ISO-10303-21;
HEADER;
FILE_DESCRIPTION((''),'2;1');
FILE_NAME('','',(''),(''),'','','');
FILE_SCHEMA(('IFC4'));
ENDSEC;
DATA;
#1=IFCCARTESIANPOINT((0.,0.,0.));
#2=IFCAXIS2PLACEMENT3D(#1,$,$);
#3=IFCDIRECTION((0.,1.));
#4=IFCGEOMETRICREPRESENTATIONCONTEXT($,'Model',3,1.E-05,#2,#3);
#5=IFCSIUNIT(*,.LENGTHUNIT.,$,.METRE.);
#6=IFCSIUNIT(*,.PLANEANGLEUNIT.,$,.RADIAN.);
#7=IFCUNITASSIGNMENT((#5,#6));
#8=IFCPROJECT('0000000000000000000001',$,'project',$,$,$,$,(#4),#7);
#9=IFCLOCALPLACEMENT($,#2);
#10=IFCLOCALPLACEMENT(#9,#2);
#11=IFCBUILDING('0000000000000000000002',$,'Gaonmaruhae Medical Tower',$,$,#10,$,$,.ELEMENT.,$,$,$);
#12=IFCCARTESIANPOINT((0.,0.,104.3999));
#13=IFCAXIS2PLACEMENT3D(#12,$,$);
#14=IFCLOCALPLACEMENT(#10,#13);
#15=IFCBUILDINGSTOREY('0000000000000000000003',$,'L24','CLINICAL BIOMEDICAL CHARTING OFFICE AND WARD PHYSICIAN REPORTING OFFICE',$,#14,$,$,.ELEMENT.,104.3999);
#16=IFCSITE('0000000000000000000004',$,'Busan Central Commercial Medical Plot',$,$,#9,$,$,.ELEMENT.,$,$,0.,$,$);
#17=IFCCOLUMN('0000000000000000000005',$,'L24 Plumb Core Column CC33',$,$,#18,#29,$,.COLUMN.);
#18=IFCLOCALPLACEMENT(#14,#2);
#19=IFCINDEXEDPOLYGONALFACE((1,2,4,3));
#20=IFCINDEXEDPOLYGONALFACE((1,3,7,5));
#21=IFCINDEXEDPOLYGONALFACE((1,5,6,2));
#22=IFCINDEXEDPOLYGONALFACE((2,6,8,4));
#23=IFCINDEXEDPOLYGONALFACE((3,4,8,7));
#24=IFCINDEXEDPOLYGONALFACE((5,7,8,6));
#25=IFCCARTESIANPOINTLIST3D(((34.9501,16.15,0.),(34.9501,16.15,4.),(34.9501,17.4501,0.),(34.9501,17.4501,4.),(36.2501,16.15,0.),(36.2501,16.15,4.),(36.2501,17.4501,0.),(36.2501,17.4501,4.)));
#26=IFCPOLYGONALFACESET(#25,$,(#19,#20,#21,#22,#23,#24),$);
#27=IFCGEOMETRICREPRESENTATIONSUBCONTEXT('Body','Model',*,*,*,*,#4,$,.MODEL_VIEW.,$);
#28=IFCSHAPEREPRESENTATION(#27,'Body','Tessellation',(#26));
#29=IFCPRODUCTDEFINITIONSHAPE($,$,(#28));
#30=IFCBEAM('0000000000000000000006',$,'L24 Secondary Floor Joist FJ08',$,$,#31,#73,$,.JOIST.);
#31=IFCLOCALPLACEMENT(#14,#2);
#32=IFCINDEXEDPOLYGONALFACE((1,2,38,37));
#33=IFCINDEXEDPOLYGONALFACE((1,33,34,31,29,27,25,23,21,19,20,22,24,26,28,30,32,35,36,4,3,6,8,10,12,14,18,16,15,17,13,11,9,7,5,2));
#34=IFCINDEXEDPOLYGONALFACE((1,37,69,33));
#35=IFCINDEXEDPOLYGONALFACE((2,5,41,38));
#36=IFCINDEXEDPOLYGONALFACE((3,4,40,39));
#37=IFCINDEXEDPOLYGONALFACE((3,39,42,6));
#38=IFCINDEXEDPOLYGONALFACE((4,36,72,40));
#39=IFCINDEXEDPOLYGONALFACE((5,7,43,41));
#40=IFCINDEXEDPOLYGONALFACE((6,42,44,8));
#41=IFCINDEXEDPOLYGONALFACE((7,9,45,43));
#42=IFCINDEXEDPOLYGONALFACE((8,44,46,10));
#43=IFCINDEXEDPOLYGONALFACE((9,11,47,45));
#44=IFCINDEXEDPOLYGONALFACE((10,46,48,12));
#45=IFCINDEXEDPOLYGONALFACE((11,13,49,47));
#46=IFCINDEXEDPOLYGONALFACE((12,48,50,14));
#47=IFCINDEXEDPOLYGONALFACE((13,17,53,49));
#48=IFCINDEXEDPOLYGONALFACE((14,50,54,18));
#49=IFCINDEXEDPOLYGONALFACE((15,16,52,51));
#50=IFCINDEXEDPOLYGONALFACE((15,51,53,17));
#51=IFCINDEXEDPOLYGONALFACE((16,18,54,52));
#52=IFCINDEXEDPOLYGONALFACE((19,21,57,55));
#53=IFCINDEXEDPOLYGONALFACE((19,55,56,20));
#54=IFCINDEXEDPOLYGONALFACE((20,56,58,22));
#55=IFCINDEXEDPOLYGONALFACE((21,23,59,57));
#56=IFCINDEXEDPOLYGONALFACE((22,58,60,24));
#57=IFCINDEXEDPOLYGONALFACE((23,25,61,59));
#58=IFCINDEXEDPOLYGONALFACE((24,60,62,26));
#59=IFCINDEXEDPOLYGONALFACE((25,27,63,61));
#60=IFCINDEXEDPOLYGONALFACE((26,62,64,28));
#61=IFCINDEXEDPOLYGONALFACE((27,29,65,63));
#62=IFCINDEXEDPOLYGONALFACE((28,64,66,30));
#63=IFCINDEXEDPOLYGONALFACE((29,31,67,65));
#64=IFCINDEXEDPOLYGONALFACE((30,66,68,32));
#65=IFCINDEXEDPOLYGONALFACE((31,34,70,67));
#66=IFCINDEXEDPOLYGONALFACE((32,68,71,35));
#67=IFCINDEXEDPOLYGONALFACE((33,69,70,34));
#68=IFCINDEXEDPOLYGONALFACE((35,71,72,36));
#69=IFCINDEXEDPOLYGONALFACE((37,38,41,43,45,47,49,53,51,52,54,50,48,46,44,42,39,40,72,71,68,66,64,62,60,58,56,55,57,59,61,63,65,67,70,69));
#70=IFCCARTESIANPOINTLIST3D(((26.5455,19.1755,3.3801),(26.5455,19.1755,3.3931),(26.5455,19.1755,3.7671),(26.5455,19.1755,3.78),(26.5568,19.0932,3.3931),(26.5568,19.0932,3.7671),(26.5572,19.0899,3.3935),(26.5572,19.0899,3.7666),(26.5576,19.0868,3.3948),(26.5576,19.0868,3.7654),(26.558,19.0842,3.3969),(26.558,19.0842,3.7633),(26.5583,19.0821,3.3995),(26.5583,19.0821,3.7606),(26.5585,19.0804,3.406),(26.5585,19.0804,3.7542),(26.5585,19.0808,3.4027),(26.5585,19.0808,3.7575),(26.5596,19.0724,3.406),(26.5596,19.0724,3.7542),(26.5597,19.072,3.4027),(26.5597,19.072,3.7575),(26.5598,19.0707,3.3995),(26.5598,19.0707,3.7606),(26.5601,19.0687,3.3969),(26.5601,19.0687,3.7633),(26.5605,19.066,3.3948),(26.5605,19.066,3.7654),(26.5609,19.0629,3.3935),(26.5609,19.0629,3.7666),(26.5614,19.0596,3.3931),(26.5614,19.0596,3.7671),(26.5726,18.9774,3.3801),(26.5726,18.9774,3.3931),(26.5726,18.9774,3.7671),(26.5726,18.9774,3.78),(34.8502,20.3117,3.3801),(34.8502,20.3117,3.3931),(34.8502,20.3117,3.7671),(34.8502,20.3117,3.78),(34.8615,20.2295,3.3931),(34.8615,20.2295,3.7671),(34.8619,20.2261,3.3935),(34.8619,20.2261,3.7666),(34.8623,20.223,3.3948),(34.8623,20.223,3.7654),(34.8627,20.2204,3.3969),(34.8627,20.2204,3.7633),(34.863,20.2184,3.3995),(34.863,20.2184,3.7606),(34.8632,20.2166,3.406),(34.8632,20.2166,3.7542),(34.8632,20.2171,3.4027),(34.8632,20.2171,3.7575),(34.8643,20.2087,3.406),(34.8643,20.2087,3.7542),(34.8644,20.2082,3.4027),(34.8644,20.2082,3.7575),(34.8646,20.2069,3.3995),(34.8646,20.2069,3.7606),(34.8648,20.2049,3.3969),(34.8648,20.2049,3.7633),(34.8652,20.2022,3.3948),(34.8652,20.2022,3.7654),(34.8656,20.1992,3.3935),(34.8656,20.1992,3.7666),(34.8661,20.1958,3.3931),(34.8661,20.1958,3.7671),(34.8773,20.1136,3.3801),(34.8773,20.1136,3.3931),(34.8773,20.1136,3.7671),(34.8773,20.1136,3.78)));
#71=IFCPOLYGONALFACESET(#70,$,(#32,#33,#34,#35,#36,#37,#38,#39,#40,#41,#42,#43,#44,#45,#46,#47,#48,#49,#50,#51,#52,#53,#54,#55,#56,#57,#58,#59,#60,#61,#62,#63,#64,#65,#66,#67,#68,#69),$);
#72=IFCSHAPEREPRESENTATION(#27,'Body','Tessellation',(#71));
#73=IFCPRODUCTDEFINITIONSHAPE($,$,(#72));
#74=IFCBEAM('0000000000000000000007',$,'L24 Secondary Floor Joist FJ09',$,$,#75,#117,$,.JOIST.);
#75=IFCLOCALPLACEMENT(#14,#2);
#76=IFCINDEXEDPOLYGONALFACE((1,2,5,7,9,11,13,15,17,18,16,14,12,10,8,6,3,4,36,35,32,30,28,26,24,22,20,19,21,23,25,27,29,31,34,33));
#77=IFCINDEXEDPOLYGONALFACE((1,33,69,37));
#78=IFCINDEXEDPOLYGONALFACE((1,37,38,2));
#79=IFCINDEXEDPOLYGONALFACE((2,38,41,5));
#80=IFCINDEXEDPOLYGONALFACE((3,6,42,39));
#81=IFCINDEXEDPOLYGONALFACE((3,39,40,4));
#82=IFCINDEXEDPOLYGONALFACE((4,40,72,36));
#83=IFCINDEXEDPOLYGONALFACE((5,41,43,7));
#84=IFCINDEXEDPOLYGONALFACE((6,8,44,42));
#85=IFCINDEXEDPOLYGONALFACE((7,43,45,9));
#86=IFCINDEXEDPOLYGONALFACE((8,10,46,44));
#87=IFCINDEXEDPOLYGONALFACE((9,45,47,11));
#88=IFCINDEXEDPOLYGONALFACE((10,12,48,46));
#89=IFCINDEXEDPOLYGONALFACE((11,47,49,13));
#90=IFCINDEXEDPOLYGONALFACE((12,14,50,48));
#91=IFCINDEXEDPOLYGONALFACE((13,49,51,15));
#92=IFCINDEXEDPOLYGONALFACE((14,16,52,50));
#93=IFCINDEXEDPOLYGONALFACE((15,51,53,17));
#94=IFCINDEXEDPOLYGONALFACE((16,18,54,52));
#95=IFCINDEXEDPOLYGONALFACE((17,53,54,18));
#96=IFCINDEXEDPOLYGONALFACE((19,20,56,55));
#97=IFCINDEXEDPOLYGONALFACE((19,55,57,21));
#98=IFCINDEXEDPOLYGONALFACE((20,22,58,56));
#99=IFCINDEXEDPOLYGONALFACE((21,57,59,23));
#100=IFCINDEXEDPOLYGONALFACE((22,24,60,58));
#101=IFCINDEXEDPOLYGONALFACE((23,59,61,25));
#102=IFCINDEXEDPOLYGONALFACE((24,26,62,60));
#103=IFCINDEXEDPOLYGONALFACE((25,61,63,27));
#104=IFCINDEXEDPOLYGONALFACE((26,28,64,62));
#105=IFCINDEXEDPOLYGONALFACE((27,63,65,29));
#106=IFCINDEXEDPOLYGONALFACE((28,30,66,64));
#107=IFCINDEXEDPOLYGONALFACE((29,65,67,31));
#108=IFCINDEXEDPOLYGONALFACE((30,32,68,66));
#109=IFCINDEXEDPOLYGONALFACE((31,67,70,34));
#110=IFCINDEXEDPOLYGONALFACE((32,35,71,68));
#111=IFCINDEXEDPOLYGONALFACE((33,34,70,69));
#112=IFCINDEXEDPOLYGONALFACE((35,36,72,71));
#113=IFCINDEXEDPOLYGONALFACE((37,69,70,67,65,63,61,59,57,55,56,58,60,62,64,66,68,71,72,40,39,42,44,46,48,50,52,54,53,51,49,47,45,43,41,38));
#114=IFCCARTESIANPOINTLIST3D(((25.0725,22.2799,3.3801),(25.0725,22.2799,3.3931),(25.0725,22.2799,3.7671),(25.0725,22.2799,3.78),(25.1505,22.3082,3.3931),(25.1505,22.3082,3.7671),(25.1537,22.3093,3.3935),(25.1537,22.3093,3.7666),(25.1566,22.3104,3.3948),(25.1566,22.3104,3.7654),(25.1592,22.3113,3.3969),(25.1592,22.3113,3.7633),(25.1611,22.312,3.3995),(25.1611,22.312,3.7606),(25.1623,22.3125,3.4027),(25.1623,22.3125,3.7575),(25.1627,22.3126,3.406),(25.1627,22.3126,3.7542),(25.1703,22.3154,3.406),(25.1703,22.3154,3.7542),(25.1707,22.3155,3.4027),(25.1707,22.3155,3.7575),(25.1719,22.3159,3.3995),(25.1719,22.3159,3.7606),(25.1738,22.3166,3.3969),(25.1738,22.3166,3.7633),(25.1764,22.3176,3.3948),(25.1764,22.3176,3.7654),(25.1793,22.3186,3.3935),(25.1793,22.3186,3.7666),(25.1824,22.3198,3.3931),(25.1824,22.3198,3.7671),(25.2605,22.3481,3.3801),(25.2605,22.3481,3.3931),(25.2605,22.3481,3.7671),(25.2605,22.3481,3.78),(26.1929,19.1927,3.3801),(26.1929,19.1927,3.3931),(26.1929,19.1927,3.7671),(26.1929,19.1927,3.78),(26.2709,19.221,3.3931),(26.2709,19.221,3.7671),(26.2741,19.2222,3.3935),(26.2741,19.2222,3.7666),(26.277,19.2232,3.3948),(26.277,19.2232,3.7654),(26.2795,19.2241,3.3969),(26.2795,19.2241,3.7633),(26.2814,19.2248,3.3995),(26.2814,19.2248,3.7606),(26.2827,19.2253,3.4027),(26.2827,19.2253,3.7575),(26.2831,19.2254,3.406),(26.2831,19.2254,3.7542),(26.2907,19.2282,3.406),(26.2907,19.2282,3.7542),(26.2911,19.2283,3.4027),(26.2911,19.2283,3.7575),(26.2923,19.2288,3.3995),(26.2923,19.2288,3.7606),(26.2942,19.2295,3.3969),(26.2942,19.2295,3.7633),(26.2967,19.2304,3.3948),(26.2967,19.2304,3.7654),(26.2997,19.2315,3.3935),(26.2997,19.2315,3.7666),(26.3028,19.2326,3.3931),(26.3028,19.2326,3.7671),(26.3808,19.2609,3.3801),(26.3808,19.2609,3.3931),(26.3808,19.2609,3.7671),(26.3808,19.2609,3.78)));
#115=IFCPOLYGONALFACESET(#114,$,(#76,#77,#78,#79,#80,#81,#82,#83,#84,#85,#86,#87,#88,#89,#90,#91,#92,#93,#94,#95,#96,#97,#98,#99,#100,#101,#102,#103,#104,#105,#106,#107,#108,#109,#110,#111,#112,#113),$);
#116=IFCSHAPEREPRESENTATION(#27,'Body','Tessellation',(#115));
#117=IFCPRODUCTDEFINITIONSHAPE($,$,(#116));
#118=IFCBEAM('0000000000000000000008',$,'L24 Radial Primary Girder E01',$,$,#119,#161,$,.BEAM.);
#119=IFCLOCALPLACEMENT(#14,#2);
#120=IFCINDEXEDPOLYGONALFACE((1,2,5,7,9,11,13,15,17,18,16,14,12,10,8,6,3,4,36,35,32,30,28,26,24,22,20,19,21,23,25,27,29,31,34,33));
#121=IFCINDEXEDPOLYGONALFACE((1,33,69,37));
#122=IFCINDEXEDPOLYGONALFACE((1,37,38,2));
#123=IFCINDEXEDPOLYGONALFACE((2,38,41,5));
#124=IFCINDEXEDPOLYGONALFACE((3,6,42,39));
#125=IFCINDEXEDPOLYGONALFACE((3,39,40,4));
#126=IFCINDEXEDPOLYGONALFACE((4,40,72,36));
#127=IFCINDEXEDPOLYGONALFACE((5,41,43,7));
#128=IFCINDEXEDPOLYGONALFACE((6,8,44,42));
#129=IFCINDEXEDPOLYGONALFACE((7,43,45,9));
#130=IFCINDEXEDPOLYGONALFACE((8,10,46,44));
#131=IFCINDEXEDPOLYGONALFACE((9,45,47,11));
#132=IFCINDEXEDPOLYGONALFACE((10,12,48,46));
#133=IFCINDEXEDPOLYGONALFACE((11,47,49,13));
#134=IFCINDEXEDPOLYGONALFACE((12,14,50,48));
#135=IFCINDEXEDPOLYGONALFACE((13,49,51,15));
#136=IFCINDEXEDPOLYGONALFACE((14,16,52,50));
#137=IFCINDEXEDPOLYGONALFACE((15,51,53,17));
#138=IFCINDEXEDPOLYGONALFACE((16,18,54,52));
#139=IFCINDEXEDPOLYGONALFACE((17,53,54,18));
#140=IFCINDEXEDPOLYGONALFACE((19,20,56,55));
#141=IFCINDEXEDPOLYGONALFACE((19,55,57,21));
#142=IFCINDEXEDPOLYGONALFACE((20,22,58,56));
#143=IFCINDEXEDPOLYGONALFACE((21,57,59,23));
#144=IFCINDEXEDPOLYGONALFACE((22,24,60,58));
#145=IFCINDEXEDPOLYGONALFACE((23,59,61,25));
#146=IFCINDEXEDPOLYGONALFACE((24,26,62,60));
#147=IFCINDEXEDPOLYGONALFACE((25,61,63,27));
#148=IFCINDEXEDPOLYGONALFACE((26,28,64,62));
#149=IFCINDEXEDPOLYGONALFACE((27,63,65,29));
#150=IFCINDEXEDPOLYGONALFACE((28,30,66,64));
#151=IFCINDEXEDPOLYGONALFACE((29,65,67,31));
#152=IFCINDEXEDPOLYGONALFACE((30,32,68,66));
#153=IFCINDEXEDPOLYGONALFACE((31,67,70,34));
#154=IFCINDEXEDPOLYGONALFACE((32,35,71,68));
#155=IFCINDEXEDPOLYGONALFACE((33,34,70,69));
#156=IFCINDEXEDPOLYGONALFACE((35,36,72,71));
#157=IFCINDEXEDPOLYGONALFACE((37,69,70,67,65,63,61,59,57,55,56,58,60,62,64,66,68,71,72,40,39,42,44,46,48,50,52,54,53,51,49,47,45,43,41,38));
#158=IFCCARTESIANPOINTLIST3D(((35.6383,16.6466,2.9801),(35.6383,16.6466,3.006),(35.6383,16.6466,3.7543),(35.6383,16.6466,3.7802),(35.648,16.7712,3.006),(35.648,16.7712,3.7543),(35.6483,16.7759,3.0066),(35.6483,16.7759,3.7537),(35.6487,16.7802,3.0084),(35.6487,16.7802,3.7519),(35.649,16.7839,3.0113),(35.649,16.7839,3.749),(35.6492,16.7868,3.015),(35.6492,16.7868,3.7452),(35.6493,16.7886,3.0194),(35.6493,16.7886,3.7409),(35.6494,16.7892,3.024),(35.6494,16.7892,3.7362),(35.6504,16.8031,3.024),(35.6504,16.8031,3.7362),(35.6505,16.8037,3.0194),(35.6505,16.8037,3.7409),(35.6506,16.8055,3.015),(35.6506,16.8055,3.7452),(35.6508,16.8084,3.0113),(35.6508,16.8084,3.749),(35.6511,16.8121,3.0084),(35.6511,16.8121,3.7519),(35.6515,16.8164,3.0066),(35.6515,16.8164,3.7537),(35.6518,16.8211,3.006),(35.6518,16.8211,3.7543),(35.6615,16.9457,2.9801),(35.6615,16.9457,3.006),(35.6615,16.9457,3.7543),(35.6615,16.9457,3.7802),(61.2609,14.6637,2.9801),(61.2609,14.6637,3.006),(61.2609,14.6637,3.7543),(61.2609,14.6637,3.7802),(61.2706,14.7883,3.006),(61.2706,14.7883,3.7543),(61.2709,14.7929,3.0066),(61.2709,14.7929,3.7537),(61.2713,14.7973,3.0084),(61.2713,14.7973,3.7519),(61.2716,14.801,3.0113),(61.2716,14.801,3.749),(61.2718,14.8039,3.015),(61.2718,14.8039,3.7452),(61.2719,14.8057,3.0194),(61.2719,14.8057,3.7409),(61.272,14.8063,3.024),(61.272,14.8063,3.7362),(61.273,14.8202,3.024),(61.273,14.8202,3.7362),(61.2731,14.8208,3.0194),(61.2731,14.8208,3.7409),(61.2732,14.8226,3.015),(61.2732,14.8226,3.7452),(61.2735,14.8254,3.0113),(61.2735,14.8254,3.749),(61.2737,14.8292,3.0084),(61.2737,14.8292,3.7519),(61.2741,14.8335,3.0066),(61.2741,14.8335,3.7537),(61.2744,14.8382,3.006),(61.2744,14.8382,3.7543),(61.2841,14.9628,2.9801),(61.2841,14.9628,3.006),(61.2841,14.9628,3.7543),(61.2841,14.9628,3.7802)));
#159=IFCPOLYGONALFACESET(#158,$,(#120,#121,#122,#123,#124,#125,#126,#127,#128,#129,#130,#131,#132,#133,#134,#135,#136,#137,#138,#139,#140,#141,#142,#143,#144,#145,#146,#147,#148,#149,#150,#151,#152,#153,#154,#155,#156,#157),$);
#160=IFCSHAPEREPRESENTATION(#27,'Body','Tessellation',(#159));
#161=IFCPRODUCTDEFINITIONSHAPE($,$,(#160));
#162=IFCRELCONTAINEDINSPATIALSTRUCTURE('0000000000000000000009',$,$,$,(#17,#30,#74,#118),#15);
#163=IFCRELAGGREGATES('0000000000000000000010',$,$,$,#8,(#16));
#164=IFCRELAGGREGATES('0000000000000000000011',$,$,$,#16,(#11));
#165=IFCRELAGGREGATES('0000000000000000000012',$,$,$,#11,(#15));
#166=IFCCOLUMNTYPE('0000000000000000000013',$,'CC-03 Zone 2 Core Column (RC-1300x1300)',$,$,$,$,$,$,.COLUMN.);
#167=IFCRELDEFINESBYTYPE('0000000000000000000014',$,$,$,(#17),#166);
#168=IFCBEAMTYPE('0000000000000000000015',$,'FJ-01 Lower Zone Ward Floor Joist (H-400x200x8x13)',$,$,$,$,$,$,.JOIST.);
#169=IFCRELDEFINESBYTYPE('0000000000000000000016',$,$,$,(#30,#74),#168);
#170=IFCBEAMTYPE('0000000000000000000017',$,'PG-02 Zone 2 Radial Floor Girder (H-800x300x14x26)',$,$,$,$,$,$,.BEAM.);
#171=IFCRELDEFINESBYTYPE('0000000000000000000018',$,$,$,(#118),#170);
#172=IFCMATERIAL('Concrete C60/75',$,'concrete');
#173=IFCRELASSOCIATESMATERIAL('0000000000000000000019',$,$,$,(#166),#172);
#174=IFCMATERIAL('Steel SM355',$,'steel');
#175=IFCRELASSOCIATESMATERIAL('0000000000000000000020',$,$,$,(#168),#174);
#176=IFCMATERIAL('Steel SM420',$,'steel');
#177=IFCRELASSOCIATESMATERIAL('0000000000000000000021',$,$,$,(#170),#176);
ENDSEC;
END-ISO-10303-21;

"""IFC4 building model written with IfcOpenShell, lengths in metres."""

from ifc_helpers import new_model, si_unit, direction, frame, origin, origin_2d, place, context, subcontext, project, spatial, rectangle, i_section, extrude, material, material_profile, profile_set, type_object, element, save


model = new_model("IFC4")

# Units and contexts
model_context = context("Model", 3, precision=1e-05, world=origin(), true_north=direction((0.0, 1.0)))
body_context = subcontext(model_context, "Body", "Model", "MODEL_VIEW")
ifc_project = project(units=[si_unit("LENGTHUNIT", "METRE"), si_unit("PLANEANGLEUNIT", "RADIAN")], contexts=[model_context])

# Site, building, storey
site_placement = place(None, origin())
site = spatial("IfcSite", under=ifc_project, at=site_placement, Name="Busan Central Commercial Medical Plot", CompositionType="ELEMENT", RefElevation=0.0)
building_placement = place(site_placement, origin())
building = spatial("IfcBuilding", under=site, at=building_placement, Name="Gaonmaruhae Medical Tower", CompositionType="ELEMENT")
storey_placement = place(building_placement, frame((0.0, 0.0, 104.3999)))
storey = spatial("IfcBuildingStorey", under=building, at=storey_placement, Name="L24", Description="CLINICAL BIOMEDICAL CHARTING OFFICE AND WARD PHYSICIAN REPORTING OFFICE", CompositionType="ELEMENT", Elevation=104.3999)

# Column
ifc_material_1 = material(Name="Concrete C60/75", Category="concrete")
ifc_material_profile_1 = material_profile(ifc_material_1, rectangle(XDim=1.3, YDim=1.3, at=origin_2d()), Name="RC-1300x1300")
ifc_profile_set_1 = profile_set([ifc_material_profile_1], Name="Concrete C60/75")
column_type = type_object("IfcColumnType", Name="CC-03 Zone 2 Core Column (RC-1300x1300)", PredefinedType="COLUMN", material=ifc_profile_set_1)
column_placement = place(storey_placement, frame((35.6001, 16.8, 0.0), z_axis=(0.0, 0.0, 1.0), x_axis=(1.0, 0.0, 0.0)))
element("IfcColumn", 1, at=column_placement, inside=storey, type_object=column_type, Name="L24 Plumb Core Column CC33", PredefinedType="COLUMN", context=body_context, shape_type="SweptSolid", body=[
    extrude(rectangle(XDim=1.3, YDim=1.3, at=origin_2d()), origin(), (0.0, 0.0, 1.0), 4.0),
])

# Beams
ifc_material_2 = material(Name="Steel SM355", Category="steel")
ifc_material_profile_2 = material_profile(ifc_material_2, i_section(OverallWidth=0.2, OverallDepth=0.3999, WebThickness=0.0081, FlangeThickness=0.0129, FilletRadius=0.0129, at=origin_2d()), Name="H-400x200x8x13")
ifc_profile_set_2 = profile_set([ifc_material_profile_2], Name="Steel SM355")
beam_type_1 = type_object("IfcBeamType", Name="FJ-01 Lower Zone Ward Floor Joist (H-400x200x8x13)", PredefinedType="JOIST", material=ifc_profile_set_2)
beam_1_placement = place(storey_placement, frame((34.8638, 20.2126, 3.5801), z_axis=(-0.99077, -0.135555, 0.0), x_axis=(0.135555, -0.99077, 0.0)))
element("IfcBeam", 2, at=beam_1_placement, inside=storey, type_object=beam_type_1, Name="L24 Secondary Floor Joist FJ08", PredefinedType="JOIST", context=body_context, shape_type="SweptSolid", body=[
    extrude(i_section(OverallWidth=0.2, OverallDepth=0.3999, WebThickness=0.0081, FlangeThickness=0.0129, FilletRadius=0.0129, at=origin_2d()), origin(), (0.0, 0.0, 1.0), 8.3821),
])
beam_2_placement = place(storey_placement, frame((26.2869, 19.2268, 3.5801), z_axis=(-0.34114, 0.940012, 0.0), x_axis=(-0.940012, -0.34114, 0.0)))
element("IfcBeam", 3, at=beam_2_placement, inside=storey, type_object=beam_type_1, Name="L24 Secondary Floor Joist FJ09", PredefinedType="JOIST", context=body_context, shape_type="SweptSolid", body=[
    extrude(i_section(OverallWidth=0.2, OverallDepth=0.3999, WebThickness=0.0081, FlangeThickness=0.0129, FilletRadius=0.0129, at=origin_2d()), origin(), (0.0, 0.0, 1.0), 3.2842),
])
ifc_material_3 = material(Name="Steel SM420", Category="steel")
ifc_material_profile_3 = material_profile(ifc_material_3, i_section(OverallWidth=0.3, OverallDepth=0.8, WebThickness=0.0139, FlangeThickness=0.0259, FilletRadius=0.0181, at=origin_2d()), Name="H-800x300x14x26")
ifc_profile_set_3 = profile_set([ifc_material_profile_3], Name="Steel SM420")
beam_type_2 = type_object("IfcBeamType", Name="PG-02 Zone 2 Radial Floor Girder (H-800x300x14x26)", PredefinedType="BEAM", material=ifc_profile_set_3)
beam_3_placement = place(storey_placement, frame((35.6499, 16.7961, 3.3801), z_axis=(0.997019, -0.077159, 0.0), x_axis=(0.077159, 0.997019, 0.0)))
element("IfcBeam", 4, at=beam_3_placement, inside=storey, type_object=beam_type_2, Name="L24 Radial Primary Girder E01", PredefinedType="BEAM", context=body_context, shape_type="SweptSolid", body=[
    extrude(i_section(OverallWidth=0.3, OverallDepth=0.8, WebThickness=0.0139, FlangeThickness=0.0259, FilletRadius=0.0181, at=origin_2d()), origin(), (0.0, 0.0, 1.0), 25.6992),
])

save(model, "model.ifc")
